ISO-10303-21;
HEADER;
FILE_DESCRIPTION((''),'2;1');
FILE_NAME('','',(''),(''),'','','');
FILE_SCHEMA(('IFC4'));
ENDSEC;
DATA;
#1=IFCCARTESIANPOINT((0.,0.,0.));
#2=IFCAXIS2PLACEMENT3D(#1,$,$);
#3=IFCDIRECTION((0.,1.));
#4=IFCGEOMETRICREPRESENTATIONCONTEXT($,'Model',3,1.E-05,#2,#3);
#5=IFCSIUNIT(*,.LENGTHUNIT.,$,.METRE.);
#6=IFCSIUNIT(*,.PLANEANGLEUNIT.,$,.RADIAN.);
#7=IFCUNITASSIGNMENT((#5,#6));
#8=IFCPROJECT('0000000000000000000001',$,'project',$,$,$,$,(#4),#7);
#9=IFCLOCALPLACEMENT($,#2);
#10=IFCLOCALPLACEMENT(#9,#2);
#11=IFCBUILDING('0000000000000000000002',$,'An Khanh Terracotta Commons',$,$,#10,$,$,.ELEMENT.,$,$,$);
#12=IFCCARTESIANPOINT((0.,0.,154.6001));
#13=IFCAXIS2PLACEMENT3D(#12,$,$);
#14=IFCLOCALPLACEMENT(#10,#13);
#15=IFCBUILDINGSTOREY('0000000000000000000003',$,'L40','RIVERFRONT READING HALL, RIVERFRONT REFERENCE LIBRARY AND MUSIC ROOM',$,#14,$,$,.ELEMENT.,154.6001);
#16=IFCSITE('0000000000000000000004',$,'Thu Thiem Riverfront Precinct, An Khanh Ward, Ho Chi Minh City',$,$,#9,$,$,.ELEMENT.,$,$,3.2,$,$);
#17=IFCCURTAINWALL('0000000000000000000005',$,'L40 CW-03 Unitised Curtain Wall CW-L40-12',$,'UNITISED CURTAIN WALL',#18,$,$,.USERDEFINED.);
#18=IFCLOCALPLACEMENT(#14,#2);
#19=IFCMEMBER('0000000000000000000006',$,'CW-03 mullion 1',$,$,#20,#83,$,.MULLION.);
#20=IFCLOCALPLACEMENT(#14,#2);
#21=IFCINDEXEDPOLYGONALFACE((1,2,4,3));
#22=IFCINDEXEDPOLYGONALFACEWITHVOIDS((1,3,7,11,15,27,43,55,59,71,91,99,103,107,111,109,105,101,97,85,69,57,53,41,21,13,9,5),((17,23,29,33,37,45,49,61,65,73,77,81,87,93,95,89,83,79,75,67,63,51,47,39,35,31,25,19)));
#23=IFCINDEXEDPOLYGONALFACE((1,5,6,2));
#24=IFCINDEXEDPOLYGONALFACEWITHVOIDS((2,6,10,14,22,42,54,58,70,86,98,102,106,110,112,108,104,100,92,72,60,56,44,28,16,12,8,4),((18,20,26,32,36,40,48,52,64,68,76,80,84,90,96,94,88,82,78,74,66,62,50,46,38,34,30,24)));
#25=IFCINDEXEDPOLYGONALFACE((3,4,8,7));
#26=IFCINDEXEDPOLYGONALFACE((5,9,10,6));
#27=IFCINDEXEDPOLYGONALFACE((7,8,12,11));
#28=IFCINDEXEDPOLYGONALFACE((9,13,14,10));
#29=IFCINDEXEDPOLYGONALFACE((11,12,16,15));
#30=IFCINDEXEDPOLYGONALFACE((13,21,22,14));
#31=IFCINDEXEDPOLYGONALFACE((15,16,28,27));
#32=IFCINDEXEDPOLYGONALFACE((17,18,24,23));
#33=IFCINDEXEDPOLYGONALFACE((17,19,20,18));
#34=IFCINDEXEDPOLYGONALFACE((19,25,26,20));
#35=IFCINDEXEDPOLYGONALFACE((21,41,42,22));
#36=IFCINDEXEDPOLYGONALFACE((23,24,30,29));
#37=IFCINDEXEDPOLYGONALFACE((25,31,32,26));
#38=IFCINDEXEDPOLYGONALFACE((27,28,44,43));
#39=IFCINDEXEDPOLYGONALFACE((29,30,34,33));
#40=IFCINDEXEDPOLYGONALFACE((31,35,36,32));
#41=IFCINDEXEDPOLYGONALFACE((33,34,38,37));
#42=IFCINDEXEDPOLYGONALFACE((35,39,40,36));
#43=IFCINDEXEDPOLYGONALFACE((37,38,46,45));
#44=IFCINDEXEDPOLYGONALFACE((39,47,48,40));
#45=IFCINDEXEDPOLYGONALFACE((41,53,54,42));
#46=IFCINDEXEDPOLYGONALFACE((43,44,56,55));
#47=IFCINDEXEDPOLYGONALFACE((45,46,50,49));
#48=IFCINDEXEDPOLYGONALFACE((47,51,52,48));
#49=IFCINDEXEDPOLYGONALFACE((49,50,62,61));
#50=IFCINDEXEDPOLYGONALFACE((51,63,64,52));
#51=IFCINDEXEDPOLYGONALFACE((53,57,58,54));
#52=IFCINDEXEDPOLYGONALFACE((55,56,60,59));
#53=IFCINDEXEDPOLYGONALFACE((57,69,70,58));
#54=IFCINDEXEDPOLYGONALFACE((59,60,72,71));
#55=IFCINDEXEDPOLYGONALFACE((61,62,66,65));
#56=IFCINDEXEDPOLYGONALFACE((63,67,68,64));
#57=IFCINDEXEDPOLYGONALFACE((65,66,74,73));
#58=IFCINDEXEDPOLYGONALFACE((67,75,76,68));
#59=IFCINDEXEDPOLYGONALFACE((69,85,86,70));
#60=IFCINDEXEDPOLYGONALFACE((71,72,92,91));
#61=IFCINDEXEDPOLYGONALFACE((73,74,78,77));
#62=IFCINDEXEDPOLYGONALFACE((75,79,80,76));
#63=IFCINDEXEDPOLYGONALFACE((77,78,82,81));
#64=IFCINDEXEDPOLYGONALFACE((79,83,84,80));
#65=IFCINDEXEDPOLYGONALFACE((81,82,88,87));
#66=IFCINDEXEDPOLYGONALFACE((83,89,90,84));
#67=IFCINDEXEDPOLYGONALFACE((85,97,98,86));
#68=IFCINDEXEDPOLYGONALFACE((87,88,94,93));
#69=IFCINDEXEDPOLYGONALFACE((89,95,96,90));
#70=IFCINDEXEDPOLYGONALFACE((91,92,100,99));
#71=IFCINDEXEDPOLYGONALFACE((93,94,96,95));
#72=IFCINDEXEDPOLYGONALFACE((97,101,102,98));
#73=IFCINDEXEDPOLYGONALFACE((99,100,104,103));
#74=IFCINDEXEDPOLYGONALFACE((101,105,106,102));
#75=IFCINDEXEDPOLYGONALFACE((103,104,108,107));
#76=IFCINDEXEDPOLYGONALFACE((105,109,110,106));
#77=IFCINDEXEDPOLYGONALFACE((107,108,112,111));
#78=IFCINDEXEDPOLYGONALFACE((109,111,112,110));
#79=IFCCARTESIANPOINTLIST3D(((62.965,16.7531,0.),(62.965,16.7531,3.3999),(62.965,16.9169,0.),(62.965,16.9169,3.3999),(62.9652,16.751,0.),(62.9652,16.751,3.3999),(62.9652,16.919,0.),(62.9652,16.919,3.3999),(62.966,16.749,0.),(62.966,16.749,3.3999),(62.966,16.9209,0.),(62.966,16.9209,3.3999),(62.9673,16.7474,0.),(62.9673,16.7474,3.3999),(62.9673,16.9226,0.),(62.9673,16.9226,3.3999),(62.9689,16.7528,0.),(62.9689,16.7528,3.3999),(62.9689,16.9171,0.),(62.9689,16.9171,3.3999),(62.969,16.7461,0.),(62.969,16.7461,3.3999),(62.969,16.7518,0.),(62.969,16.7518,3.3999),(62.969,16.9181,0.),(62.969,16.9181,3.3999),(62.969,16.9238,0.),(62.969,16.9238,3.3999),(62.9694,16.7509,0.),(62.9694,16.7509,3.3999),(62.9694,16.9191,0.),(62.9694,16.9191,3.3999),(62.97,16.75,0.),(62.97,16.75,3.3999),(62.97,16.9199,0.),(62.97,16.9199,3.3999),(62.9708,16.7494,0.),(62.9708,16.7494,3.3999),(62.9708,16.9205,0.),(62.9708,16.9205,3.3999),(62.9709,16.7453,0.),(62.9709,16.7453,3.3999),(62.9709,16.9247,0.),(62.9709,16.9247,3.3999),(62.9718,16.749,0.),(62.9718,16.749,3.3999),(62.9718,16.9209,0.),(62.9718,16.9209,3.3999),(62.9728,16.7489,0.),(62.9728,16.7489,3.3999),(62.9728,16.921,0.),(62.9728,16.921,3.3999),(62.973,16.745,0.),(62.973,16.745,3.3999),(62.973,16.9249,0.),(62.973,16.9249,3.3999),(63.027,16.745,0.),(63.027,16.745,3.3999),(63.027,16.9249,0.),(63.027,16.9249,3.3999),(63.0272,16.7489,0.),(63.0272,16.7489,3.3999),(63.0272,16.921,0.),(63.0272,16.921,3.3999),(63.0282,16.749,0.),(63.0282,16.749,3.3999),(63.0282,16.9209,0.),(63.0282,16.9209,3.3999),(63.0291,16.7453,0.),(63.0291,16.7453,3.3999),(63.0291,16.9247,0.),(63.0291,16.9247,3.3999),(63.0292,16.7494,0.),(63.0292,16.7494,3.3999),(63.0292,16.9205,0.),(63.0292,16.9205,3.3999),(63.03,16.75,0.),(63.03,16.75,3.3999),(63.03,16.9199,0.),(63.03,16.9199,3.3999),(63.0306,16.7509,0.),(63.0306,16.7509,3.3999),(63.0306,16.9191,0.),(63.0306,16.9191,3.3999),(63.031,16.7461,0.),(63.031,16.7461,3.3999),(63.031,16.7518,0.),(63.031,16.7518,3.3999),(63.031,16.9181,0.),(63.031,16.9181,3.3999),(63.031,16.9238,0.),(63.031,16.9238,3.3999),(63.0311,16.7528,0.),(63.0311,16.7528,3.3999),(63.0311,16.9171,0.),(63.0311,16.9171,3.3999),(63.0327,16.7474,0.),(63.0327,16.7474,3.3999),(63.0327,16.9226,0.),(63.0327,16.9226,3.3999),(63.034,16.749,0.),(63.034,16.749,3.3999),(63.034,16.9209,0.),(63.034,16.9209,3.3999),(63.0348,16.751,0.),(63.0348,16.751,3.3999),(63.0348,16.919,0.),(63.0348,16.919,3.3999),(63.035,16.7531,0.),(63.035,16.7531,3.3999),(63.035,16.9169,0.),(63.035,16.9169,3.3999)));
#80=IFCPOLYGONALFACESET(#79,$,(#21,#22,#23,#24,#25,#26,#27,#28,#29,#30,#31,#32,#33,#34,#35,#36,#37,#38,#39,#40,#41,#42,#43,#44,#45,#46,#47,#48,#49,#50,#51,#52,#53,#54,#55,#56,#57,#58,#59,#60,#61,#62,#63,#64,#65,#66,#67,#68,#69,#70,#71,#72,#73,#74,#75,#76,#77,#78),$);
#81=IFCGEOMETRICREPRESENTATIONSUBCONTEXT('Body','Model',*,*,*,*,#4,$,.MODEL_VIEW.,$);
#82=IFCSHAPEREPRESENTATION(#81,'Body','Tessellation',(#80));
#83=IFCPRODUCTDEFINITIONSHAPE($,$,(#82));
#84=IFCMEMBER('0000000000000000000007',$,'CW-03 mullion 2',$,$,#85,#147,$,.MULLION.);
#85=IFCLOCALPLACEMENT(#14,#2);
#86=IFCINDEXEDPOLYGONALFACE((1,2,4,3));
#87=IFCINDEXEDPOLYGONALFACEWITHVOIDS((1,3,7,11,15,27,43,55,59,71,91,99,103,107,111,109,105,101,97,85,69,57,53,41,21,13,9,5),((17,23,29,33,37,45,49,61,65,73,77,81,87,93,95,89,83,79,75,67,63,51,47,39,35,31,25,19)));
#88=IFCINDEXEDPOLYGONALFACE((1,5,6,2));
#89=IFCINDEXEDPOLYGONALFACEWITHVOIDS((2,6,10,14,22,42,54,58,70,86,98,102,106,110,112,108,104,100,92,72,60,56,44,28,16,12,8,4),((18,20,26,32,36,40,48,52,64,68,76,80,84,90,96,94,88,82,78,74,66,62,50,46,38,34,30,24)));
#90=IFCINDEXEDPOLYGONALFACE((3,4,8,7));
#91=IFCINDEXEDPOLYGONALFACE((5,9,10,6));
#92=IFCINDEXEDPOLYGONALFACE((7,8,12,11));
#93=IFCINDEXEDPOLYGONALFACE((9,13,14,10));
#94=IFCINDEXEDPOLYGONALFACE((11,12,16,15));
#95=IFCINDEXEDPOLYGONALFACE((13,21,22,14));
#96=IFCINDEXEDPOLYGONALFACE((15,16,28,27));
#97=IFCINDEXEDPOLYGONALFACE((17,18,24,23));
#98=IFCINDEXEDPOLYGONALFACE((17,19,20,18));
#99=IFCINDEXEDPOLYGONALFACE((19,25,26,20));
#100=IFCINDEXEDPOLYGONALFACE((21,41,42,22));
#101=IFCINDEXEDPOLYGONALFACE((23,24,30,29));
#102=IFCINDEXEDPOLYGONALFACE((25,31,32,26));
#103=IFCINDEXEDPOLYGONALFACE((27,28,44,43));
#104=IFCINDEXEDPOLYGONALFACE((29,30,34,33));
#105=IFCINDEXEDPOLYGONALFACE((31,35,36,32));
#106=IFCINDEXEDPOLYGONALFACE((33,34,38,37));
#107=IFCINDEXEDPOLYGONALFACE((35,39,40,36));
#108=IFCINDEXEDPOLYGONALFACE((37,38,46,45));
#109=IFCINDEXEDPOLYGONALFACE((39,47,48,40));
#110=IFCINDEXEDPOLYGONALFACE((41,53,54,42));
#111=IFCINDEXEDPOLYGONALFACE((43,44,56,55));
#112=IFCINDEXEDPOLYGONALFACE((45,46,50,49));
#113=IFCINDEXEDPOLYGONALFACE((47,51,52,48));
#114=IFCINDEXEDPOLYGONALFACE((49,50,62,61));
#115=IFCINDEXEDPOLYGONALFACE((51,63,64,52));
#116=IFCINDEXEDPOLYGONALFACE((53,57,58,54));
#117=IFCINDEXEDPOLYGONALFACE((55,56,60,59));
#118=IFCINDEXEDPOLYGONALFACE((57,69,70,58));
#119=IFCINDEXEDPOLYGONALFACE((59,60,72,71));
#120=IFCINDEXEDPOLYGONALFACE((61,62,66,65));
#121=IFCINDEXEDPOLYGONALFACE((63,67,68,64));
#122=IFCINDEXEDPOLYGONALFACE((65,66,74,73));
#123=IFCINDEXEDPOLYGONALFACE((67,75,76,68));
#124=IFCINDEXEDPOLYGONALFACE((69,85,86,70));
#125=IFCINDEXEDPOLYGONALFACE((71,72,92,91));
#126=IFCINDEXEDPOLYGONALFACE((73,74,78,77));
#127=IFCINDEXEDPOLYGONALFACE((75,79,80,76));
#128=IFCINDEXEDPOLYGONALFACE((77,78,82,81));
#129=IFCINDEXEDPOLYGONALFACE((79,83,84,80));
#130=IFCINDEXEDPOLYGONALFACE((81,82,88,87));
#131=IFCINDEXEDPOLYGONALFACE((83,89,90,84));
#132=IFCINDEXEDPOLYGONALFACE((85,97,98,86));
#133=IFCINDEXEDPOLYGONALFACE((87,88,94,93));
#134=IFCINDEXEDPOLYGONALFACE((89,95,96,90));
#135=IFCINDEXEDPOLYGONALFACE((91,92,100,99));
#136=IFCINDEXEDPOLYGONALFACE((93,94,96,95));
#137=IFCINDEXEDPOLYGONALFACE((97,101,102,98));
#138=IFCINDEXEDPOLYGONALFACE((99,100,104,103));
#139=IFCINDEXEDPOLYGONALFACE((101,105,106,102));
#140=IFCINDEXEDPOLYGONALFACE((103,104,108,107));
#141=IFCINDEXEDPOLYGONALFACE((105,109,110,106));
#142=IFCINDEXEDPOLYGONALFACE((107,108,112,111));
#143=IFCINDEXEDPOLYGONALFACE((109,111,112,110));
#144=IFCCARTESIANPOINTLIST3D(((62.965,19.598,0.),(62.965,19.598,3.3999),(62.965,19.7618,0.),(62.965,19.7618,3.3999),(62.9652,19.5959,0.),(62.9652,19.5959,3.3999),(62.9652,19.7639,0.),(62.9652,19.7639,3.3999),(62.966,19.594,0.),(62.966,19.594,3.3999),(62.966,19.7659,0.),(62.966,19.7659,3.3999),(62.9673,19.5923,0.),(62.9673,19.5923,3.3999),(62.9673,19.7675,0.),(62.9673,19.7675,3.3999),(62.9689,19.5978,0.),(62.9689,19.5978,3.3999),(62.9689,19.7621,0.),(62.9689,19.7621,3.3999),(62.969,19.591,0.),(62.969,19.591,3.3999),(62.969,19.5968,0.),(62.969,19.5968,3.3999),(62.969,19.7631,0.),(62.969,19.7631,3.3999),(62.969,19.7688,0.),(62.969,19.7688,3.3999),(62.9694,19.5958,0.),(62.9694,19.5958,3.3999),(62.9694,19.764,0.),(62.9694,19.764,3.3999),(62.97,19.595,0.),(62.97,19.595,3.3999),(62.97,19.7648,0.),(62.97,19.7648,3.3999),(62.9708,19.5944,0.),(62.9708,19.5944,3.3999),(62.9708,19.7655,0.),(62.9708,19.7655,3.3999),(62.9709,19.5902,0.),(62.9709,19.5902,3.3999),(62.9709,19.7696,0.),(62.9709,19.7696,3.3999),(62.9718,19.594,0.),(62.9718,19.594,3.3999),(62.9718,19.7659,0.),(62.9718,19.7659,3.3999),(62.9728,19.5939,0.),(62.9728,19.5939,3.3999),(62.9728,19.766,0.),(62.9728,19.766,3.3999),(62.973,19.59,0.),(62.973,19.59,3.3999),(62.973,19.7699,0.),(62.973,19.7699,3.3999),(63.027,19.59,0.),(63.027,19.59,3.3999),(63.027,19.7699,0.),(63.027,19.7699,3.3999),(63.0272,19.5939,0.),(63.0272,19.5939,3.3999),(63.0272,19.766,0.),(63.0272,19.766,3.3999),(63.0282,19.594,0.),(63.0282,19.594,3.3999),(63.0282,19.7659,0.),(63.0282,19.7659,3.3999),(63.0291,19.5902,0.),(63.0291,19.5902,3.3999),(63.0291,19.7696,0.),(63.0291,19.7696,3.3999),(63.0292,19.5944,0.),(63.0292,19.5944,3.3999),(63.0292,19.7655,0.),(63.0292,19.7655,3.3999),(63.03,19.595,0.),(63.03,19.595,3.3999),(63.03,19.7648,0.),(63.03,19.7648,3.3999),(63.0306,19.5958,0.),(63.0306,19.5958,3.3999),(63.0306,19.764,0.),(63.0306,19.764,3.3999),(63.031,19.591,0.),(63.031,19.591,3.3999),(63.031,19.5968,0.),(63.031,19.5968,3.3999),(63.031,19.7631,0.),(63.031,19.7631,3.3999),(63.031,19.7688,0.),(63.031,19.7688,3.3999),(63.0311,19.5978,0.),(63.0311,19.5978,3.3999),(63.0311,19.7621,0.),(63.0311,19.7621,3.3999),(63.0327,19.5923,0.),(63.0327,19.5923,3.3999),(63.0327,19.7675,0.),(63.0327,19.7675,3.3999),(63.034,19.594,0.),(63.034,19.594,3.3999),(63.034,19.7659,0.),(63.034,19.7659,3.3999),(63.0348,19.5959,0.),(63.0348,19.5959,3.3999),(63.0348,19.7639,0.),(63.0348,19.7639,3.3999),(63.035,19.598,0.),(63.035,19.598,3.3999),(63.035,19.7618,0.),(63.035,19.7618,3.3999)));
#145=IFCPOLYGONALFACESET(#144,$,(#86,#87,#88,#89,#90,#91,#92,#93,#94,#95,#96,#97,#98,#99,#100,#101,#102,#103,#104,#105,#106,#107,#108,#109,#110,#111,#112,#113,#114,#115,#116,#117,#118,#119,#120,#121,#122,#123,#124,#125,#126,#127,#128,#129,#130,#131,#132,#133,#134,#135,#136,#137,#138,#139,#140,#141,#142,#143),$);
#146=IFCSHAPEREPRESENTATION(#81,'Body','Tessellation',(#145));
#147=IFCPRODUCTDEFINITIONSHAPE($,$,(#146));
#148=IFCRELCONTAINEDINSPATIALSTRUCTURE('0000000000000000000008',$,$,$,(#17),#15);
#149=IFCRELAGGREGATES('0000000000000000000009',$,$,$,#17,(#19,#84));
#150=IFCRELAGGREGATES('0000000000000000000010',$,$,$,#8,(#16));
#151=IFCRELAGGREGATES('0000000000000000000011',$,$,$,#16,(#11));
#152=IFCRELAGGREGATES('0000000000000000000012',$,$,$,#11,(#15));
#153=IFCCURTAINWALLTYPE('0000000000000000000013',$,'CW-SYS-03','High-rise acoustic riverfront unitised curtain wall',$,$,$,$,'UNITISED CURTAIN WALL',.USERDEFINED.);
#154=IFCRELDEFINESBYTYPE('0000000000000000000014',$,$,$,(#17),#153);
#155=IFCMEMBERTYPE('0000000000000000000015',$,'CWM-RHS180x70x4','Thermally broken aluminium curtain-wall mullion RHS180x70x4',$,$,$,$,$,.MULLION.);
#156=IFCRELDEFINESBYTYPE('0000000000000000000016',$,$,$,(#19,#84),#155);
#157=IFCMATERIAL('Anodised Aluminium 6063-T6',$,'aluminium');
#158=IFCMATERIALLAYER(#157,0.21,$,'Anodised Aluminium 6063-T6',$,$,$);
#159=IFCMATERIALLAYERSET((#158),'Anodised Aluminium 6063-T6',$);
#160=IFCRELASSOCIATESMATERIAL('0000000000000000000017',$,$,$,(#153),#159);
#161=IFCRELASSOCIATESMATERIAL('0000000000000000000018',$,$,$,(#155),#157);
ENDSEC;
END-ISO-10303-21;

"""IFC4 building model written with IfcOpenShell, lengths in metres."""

from ifc_helpers import new_model, si_unit, direction, frame, origin, origin_2d, place, context, subcontext, project, spatial, hollow_rectangle, extrude, material, layer, layer_set, material_profile, profile_set, type_object, element, aggregate, save


model = new_model("IFC4")

# Units and contexts
model_context = context("Model", 3, precision=1e-05, world=origin(), true_north=direction((0.0, 1.0)))
body_context = subcontext(model_context, "Body", "Model", "MODEL_VIEW")
ifc_project = project(units=[si_unit("LENGTHUNIT", "METRE"), si_unit("PLANEANGLEUNIT", "RADIAN")], contexts=[model_context])

# Site, building, storey
site_placement = place(None, origin())
site = spatial("IfcSite", under=ifc_project, at=site_placement, Name="Thu Thiem Riverfront Precinct, An Khanh Ward, Ho Chi Minh City", CompositionType="ELEMENT", RefElevation=3.2)
building_placement = place(site_placement, origin())
building = spatial("IfcBuilding", under=site, at=building_placement, Name="An Khanh Terracotta Commons", CompositionType="ELEMENT")
storey_placement = place(building_placement, frame((0.0, 0.0, 154.6001)))
storey = spatial("IfcBuildingStorey", under=building, at=storey_placement, Name="L40", Description="RIVERFRONT READING HALL, RIVERFRONT REFERENCE LIBRARY AND MUSIC ROOM", CompositionType="ELEMENT", Elevation=154.6001)

# Curtain wall, members
ifc_material_1 = material(Name="Anodised Aluminium 6063-T6", Category="aluminium")
ifc_layer_1 = layer(ifc_material_1, 0.21, Name="Anodised Aluminium 6063-T6")
ifc_layer_set_1 = layer_set([ifc_layer_1], Name="Anodised Aluminium 6063-T6")
curtain_wall_type = type_object("IfcCurtainWallType", Name="CW-SYS-03", Description="High-rise acoustic riverfront unitised curtain wall", ElementType="UNITISED CURTAIN WALL", PredefinedType="USERDEFINED", material=ifc_layer_set_1)
ifc_material_profile_1 = material_profile(ifc_material_1, hollow_rectangle(XDim=0.0701, YDim=0.1799, WallThickness=0.0039, InnerFilletRadius=0.0039, OuterFilletRadius=0.0081, at=origin_2d()), Name="RHS180x70x4")
ifc_profile_set_1 = profile_set([ifc_material_profile_1], Name="Anodised Aluminium 6063-T6")
member_type_1 = type_object("IfcMemberType", Name="CWM-RHS180x70x4", Description="Thermally broken aluminium curtain-wall mullion RHS180x70x4", PredefinedType="MULLION", material=ifc_profile_set_1)
curtain_wall_1_placement = place(storey_placement, origin())
curtain_wall_1 = element("IfcCurtainWall", 1, at=curtain_wall_1_placement, inside=storey, type_object=curtain_wall_type, Name="L40 CW-03 Unitised Curtain Wall CW-L40-12", ObjectType="UNITISED CURTAIN WALL", PredefinedType="USERDEFINED")
member_1_placement = place(storey_placement, frame((63.0, 16.835, 0.0), z_axis=(0.0, 0.0, 1.0), x_axis=(-1.0, 0.0, 0.0)))
member_1 = element("IfcMember", 2, at=member_1_placement, type_object=member_type_1, Name="CW-03 mullion 1", PredefinedType="MULLION", context=body_context, shape_type="SweptSolid", body=[
    extrude(hollow_rectangle(XDim=0.0701, YDim=0.1799, WallThickness=0.0039, InnerFilletRadius=0.0039, OuterFilletRadius=0.0081, at=origin_2d()), origin(), (0.0, 0.0, 1.0), 3.3999),
])
member_2_placement = place(storey_placement, frame((63.0, 19.6799, 0.0), z_axis=(0.0, 0.0, 1.0), x_axis=(-1.0, 0.0, 0.0)))
member_2 = element("IfcMember", 3, at=member_2_placement, type_object=member_type_1, Name="CW-03 mullion 2", PredefinedType="MULLION", context=body_context, shape_type="SweptSolid", body=[
    extrude(hollow_rectangle(XDim=0.0701, YDim=0.1799, WallThickness=0.0039, InnerFilletRadius=0.0039, OuterFilletRadius=0.0081, at=origin_2d()), origin(), (0.0, 0.0, 1.0), 3.3999),
])

aggregate(curtain_wall_1, [member_1, member_2])

save(model, "model.ifc")
